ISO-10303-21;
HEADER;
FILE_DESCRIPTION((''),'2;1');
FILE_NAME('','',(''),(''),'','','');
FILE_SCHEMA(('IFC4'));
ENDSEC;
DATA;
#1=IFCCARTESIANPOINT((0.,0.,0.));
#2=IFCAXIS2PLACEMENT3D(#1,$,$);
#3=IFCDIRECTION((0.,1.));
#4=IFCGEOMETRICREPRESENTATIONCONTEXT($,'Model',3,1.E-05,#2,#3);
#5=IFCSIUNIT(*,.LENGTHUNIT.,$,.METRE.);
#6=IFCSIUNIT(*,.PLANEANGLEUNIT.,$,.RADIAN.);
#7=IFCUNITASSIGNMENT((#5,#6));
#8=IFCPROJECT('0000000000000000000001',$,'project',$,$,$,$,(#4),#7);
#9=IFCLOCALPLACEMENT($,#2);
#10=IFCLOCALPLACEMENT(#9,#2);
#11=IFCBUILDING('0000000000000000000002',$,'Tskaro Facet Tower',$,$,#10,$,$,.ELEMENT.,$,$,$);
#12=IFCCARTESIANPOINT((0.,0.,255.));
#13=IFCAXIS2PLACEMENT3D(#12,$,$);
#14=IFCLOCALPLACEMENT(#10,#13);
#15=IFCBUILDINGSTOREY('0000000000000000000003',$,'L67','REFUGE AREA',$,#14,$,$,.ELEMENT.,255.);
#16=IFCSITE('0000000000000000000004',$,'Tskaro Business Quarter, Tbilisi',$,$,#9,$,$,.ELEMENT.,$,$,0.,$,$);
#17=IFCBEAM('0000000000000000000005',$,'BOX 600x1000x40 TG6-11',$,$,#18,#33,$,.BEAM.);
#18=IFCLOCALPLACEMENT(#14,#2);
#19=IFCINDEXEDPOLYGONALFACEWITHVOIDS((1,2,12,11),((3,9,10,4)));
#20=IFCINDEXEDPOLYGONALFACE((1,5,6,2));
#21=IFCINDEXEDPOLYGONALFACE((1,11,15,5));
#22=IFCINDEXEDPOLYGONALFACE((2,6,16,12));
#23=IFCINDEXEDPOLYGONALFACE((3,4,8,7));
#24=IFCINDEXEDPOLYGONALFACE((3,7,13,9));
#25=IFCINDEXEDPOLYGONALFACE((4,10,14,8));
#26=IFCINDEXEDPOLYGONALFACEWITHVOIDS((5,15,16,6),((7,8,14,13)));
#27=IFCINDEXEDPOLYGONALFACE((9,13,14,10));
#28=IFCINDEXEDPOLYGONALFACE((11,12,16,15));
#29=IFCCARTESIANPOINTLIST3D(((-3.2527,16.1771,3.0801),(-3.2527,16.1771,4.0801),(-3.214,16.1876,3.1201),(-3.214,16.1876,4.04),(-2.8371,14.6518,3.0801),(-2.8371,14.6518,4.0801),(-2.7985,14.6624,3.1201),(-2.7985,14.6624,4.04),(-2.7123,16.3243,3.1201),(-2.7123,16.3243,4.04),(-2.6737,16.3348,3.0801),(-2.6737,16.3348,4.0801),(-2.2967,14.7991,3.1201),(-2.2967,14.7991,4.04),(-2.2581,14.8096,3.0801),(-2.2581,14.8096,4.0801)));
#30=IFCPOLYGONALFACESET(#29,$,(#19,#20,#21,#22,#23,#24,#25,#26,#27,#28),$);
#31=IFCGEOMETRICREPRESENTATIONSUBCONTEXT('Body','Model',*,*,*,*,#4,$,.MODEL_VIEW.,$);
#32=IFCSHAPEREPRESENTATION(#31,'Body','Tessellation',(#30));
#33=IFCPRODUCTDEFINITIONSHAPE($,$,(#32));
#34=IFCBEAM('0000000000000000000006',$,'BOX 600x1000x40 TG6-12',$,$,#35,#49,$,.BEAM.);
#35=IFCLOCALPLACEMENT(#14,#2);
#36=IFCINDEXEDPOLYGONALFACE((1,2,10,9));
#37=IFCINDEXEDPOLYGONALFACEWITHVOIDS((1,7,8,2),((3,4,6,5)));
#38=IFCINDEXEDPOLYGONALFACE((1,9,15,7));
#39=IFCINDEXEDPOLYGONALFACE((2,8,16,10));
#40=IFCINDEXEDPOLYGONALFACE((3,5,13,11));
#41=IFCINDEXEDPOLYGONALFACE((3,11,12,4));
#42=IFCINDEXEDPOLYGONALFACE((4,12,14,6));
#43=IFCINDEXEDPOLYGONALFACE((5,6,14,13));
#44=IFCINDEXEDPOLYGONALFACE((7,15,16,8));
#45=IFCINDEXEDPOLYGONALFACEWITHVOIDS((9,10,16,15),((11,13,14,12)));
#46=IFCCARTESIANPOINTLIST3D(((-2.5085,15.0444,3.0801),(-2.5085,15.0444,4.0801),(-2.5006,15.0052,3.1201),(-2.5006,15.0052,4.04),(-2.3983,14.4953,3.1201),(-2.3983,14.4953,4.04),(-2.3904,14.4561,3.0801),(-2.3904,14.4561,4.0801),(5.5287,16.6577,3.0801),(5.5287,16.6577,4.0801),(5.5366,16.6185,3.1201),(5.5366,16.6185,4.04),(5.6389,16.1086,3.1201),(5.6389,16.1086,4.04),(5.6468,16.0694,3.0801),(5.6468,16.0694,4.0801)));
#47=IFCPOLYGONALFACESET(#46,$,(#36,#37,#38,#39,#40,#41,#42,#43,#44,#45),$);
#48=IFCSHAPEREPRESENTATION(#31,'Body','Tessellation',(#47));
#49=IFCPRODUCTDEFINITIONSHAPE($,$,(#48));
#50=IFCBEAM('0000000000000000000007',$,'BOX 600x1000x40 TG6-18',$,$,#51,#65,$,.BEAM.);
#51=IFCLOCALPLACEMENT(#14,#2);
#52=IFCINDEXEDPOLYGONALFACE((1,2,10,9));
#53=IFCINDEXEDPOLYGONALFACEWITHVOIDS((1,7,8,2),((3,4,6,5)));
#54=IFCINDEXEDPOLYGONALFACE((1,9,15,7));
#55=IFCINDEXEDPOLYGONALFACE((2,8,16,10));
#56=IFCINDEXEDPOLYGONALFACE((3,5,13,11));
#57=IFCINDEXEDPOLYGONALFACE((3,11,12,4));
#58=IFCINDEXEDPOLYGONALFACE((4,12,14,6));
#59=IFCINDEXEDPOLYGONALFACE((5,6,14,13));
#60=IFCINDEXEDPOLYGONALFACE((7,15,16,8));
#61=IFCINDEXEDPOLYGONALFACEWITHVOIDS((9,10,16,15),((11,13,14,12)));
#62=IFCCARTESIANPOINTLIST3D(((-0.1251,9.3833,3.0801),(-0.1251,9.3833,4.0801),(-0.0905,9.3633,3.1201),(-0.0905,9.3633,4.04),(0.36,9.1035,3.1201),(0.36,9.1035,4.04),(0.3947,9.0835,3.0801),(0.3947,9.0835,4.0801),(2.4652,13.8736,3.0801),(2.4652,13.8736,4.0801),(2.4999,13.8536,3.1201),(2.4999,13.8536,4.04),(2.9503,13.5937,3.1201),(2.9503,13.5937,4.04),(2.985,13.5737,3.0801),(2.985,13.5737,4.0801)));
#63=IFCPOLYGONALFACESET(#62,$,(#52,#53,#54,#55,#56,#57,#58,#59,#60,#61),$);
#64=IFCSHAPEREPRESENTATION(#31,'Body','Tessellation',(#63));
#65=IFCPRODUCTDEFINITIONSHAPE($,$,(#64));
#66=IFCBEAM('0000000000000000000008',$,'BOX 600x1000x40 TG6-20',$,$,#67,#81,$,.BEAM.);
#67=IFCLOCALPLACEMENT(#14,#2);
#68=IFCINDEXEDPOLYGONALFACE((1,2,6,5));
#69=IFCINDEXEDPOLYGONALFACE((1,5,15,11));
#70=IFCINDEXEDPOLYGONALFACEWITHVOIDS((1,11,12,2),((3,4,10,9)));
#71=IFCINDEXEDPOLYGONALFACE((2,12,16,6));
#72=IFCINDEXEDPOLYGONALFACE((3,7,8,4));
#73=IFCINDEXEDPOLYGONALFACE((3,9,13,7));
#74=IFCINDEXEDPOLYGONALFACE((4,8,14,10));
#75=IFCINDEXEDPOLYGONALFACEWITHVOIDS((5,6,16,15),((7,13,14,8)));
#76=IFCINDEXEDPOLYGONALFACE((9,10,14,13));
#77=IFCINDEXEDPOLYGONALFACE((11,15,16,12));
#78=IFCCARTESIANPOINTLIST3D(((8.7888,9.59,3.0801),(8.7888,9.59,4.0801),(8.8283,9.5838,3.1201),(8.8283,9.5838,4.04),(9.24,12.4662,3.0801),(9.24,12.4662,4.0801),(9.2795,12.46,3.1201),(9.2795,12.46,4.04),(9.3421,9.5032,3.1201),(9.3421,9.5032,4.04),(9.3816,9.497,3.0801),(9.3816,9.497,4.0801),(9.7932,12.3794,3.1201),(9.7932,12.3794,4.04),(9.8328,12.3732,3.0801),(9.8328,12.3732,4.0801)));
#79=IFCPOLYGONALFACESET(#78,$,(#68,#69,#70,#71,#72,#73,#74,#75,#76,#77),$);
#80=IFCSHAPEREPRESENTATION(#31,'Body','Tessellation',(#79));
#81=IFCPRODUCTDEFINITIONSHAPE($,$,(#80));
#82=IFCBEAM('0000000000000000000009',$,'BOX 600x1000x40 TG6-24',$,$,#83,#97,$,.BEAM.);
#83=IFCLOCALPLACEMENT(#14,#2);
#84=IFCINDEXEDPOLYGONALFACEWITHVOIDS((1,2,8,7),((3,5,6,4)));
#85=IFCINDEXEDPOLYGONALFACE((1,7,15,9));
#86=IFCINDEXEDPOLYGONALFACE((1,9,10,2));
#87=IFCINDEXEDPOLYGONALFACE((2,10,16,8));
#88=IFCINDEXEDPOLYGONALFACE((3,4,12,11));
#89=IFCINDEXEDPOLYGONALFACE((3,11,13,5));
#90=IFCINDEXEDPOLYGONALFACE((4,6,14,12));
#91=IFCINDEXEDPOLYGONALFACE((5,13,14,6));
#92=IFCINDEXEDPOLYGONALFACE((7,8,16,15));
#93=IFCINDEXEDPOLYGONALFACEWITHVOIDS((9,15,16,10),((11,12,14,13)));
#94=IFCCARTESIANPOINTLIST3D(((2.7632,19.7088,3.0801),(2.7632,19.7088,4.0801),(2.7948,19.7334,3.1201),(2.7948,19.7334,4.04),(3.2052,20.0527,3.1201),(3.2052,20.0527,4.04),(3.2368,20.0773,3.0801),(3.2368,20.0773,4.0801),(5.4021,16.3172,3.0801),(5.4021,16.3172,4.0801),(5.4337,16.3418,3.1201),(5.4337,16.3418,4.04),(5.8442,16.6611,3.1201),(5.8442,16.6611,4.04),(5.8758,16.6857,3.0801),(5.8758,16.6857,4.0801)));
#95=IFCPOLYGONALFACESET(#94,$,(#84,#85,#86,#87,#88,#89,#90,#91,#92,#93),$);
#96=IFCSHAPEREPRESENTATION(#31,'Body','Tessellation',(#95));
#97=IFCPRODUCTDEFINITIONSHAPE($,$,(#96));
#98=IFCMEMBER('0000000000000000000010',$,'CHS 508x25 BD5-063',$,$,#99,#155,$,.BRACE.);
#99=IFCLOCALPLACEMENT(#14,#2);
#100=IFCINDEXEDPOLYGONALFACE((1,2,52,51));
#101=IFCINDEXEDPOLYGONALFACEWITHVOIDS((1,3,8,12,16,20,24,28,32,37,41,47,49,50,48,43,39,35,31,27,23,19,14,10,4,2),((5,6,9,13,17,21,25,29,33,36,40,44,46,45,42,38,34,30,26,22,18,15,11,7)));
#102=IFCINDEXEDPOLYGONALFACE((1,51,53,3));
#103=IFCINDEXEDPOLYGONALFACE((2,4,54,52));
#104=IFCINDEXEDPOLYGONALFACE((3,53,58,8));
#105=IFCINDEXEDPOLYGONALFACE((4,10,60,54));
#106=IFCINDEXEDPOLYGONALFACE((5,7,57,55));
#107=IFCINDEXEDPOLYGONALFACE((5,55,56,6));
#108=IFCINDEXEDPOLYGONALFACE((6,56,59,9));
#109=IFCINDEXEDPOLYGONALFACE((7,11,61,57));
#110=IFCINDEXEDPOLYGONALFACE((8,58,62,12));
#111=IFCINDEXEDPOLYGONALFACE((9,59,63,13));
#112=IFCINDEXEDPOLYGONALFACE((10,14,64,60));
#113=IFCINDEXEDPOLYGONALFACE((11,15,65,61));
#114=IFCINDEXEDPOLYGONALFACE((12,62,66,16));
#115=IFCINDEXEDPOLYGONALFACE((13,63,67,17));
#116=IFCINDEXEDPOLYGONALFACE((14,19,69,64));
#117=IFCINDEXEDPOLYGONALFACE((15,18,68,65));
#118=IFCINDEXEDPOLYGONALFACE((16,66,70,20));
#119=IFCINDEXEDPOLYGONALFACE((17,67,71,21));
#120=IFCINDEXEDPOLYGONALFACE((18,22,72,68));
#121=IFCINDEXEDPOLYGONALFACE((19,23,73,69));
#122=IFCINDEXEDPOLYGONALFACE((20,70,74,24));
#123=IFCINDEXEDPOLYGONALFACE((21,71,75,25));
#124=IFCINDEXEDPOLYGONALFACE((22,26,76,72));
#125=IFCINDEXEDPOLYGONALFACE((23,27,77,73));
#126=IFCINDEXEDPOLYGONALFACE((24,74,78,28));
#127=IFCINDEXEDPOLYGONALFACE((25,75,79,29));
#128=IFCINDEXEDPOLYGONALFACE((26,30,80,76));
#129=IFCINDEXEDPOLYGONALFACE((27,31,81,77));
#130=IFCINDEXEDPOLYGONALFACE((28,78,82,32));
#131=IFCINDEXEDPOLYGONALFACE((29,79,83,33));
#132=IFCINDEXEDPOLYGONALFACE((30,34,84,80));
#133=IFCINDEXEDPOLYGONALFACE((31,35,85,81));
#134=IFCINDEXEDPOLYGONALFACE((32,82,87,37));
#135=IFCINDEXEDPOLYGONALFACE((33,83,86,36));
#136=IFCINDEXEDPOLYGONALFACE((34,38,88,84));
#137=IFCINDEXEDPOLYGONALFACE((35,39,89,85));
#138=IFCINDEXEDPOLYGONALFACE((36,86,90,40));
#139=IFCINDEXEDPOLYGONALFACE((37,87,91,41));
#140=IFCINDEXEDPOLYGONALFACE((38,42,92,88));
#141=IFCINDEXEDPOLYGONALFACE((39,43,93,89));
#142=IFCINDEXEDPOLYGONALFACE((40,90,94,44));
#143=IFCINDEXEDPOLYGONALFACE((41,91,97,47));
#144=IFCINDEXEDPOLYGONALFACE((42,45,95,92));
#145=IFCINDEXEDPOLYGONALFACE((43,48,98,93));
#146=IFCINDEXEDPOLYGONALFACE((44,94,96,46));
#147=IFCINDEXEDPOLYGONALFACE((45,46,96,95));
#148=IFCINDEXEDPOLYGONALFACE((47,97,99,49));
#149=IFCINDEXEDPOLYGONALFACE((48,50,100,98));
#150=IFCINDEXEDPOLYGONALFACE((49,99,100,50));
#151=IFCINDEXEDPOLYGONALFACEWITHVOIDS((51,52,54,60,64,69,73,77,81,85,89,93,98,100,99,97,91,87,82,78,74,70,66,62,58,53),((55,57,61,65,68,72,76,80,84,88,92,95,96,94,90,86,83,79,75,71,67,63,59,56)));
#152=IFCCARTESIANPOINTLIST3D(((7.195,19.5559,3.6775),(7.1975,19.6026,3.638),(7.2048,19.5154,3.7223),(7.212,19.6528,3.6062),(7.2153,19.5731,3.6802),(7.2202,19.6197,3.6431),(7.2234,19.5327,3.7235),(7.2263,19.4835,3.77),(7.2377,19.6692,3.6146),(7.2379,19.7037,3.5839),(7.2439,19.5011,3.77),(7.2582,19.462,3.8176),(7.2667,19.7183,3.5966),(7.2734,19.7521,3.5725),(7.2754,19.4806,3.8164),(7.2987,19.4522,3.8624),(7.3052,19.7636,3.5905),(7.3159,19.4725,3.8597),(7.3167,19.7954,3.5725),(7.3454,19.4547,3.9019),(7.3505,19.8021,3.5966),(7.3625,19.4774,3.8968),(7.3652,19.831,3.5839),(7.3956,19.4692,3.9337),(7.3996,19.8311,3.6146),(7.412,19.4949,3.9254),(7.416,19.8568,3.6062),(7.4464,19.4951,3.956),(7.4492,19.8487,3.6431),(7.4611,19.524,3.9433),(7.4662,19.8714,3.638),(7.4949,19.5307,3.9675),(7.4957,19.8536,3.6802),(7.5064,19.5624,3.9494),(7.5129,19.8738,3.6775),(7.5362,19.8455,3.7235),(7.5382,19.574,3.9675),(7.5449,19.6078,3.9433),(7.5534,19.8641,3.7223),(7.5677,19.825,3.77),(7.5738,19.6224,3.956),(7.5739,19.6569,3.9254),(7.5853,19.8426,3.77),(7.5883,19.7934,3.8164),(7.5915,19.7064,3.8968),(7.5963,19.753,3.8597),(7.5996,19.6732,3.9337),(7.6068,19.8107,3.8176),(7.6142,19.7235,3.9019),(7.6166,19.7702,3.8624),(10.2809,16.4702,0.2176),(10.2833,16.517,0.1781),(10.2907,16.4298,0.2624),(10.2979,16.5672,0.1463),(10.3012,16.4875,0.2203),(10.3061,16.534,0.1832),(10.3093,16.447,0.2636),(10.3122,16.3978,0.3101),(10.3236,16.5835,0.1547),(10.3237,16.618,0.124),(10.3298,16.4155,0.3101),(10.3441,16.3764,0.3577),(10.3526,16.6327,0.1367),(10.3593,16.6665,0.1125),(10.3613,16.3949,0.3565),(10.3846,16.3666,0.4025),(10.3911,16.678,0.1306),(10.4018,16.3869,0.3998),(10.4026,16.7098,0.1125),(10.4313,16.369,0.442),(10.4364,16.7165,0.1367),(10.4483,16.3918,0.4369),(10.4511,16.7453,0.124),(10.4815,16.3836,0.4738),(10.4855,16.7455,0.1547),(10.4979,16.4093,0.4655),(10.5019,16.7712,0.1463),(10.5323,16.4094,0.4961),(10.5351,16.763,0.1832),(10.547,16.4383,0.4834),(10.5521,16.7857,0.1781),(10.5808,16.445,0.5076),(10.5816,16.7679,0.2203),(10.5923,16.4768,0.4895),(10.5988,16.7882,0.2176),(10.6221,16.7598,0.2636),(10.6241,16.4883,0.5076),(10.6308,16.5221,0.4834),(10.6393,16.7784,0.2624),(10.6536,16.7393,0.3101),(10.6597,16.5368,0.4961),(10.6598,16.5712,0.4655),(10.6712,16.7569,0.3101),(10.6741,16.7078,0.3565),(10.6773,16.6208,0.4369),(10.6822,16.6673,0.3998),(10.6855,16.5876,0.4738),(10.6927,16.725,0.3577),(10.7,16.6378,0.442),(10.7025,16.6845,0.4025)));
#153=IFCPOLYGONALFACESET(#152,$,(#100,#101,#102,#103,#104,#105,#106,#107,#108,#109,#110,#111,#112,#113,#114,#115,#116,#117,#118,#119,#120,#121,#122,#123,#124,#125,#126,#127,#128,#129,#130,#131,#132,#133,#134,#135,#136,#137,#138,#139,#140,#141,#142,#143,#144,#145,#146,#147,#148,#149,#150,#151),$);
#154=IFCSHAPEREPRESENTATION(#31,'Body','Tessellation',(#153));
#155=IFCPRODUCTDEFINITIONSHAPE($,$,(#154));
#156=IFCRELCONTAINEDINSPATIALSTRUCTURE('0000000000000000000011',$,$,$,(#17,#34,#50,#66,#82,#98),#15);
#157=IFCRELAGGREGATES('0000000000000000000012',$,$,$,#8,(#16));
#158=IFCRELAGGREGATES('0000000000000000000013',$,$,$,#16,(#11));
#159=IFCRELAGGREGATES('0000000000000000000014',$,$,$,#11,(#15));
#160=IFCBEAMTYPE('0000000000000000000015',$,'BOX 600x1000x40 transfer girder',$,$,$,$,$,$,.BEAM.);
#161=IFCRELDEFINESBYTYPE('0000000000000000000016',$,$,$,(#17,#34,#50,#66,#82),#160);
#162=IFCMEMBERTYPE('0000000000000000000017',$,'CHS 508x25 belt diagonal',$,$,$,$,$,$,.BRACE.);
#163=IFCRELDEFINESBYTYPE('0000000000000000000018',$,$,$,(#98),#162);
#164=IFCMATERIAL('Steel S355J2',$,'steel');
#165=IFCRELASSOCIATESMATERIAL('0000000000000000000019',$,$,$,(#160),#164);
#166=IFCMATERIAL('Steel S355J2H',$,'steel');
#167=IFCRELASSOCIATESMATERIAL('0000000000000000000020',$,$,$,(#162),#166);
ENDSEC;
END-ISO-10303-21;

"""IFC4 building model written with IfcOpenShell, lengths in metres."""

from ifc_helpers import new_model, si_unit, direction, frame, origin, origin_2d, place, context, subcontext, project, spatial, hollow_rectangle, hollow_circle, extrude, material, material_profile, profile_set, type_object, element, save


model = new_model("IFC4")

# Units and contexts
model_context = context("Model", 3, precision=1e-05, world=origin(), true_north=direction((0.0, 1.0)))
body_context = subcontext(model_context, "Body", "Model", "MODEL_VIEW")
ifc_project = project(units=[si_unit("LENGTHUNIT", "METRE"), si_unit("PLANEANGLEUNIT", "RADIAN")], contexts=[model_context])

# Site, building, storey
site_placement = place(None, origin())
site = spatial("IfcSite", under=ifc_project, at=site_placement, Name="Tskaro Business Quarter, Tbilisi", CompositionType="ELEMENT", RefElevation=0.0)
building_placement = place(site_placement, origin())
building = spatial("IfcBuilding", under=site, at=building_placement, Name="Tskaro Facet Tower", CompositionType="ELEMENT")
storey_placement = place(building_placement, frame((0.0, 0.0, 255.0)))
storey = spatial("IfcBuildingStorey", under=building, at=storey_placement, Name="L67", Description="REFUGE AREA", CompositionType="ELEMENT", Elevation=255.0)

# Shared definitions
ifc_material_1 = material(Name="Steel S355J2", Category="steel")
ifc_material_2 = material(Name="Steel S355J2H", Category="steel")

# Beams
ifc_material_profile_1 = material_profile(ifc_material_1, hollow_rectangle(XDim=0.6001, YDim=1.0, WallThickness=0.04, at=origin_2d()), Name="BOX 600x1000x40")
ifc_profile_set_1 = profile_set([ifc_material_profile_1], Name="Steel S355J2")
beam_type_1 = type_object("IfcBeamType", Name="BOX 600x1000x40 transfer girder", PredefinedType="BEAM", material=ifc_profile_set_1)
beam_1_placement = place(storey_placement, frame((-2.5476, 14.7307, 3.5801), z_axis=(-0.262869, 0.964832, 0.0), x_axis=(-0.964832, -0.262869, 0.0)))
element("IfcBeam", 1, at=beam_1_placement, inside=storey, type_object=beam_type_1, Name="BOX 600x1000x40 TG6-11", PredefinedType="BEAM", context=body_context, shape_type="SweptSolid", body=[
    extrude(hollow_rectangle(XDim=0.6001, YDim=1.0, WallThickness=0.04, at=origin_2d()), origin(), (0.0, 0.0, 1.0), 1.5808),
])
beam_2_placement = place(storey_placement, frame((-2.4495, 14.7502, 3.5801), z_axis=(0.980443, 0.196803, 0.0), x_axis=(-0.196803, 0.980443, 0.0)))
element("IfcBeam", 2, at=beam_2_placement, inside=storey, type_object=beam_type_1, Name="BOX 600x1000x40 TG6-12", PredefinedType="BEAM", context=body_context, shape_type="SweptSolid", body=[
    extrude(hollow_rectangle(XDim=0.6001, YDim=1.0, WallThickness=0.04, at=origin_2d()), origin(), (0.0, 0.0, 1.0), 8.1975),
])
beam_3_placement = place(storey_placement, frame((2.7251, 13.7236, 3.5801), z_axis=(-0.499695, -0.866201, 0.0), x_axis=(0.866201, -0.499695, 0.0)))
element("IfcBeam", 3, at=beam_3_placement, inside=storey, type_object=beam_type_1, Name="BOX 600x1000x40 TG6-18", PredefinedType="BEAM", context=body_context, shape_type="SweptSolid", body=[
    extrude(hollow_rectangle(XDim=0.6001, YDim=1.0, WallThickness=0.04, at=origin_2d()), origin(), (0.0, 0.0, 1.0), 5.1838),
])
beam_4_placement = place(storey_placement, frame((9.0852, 9.5435, 3.5801), z_axis=(0.154968, 0.98792, 0.0), x_axis=(-0.98792, 0.154968, 0.0)))
element("IfcBeam", 4, at=beam_4_placement, inside=storey, type_object=beam_type_1, Name="BOX 600x1000x40 TG6-20", PredefinedType="BEAM", context=body_context, shape_type="SweptSolid", body=[
    extrude(hollow_rectangle(XDim=0.6001, YDim=1.0, WallThickness=0.04, at=origin_2d()), origin(), (0.0, 0.0, 1.0), 2.9114),
])
beam_5_placement = place(storey_placement, frame((3.0, 19.8931, 3.5801), z_axis=(0.614086, -0.789239, 0.0), x_axis=(0.789239, 0.614086, 0.0)))
element("IfcBeam", 5, at=beam_5_placement, inside=storey, type_object=beam_type_1, Name="BOX 600x1000x40 TG6-24", PredefinedType="BEAM", context=body_context, shape_type="SweptSolid", body=[
    extrude(hollow_rectangle(XDim=0.6001, YDim=1.0, WallThickness=0.04, at=origin_2d()), origin(), (0.0, 0.0, 1.0), 4.2974),
])

# Member
ifc_material_profile_2 = material_profile(ifc_material_2, hollow_circle(Radius=0.2539, WallThickness=0.0249, at=origin_2d()), Name="CHS 508x25")
ifc_profile_set_2 = profile_set([ifc_material_profile_2], Name="Steel S355J2H")
member_type_1 = type_object("IfcMemberType", Name="CHS 508x25 belt diagonal", PredefinedType="BRACE", material=ifc_profile_set_2)
member_1_placement = place(storey_placement, frame((10.4917, 16.5774, 0.3101), z_axis=(-0.554109, 0.554065, 0.621269), x_axis=(-0.707079, -0.707135, 0.0)))
element("IfcMember", 6, at=member_1_placement, inside=storey, type_object=member_type_1, Name="CHS 508x25 BD5-063", PredefinedType="BRACE", context=body_context, shape_type="SweptSolid", body=[
    extrude(hollow_circle(Radius=0.2539, WallThickness=0.0249, at=origin_2d()), origin(), (0.0, 0.0, 1.0), 5.5691),
])

save(model, "model.ifc")
